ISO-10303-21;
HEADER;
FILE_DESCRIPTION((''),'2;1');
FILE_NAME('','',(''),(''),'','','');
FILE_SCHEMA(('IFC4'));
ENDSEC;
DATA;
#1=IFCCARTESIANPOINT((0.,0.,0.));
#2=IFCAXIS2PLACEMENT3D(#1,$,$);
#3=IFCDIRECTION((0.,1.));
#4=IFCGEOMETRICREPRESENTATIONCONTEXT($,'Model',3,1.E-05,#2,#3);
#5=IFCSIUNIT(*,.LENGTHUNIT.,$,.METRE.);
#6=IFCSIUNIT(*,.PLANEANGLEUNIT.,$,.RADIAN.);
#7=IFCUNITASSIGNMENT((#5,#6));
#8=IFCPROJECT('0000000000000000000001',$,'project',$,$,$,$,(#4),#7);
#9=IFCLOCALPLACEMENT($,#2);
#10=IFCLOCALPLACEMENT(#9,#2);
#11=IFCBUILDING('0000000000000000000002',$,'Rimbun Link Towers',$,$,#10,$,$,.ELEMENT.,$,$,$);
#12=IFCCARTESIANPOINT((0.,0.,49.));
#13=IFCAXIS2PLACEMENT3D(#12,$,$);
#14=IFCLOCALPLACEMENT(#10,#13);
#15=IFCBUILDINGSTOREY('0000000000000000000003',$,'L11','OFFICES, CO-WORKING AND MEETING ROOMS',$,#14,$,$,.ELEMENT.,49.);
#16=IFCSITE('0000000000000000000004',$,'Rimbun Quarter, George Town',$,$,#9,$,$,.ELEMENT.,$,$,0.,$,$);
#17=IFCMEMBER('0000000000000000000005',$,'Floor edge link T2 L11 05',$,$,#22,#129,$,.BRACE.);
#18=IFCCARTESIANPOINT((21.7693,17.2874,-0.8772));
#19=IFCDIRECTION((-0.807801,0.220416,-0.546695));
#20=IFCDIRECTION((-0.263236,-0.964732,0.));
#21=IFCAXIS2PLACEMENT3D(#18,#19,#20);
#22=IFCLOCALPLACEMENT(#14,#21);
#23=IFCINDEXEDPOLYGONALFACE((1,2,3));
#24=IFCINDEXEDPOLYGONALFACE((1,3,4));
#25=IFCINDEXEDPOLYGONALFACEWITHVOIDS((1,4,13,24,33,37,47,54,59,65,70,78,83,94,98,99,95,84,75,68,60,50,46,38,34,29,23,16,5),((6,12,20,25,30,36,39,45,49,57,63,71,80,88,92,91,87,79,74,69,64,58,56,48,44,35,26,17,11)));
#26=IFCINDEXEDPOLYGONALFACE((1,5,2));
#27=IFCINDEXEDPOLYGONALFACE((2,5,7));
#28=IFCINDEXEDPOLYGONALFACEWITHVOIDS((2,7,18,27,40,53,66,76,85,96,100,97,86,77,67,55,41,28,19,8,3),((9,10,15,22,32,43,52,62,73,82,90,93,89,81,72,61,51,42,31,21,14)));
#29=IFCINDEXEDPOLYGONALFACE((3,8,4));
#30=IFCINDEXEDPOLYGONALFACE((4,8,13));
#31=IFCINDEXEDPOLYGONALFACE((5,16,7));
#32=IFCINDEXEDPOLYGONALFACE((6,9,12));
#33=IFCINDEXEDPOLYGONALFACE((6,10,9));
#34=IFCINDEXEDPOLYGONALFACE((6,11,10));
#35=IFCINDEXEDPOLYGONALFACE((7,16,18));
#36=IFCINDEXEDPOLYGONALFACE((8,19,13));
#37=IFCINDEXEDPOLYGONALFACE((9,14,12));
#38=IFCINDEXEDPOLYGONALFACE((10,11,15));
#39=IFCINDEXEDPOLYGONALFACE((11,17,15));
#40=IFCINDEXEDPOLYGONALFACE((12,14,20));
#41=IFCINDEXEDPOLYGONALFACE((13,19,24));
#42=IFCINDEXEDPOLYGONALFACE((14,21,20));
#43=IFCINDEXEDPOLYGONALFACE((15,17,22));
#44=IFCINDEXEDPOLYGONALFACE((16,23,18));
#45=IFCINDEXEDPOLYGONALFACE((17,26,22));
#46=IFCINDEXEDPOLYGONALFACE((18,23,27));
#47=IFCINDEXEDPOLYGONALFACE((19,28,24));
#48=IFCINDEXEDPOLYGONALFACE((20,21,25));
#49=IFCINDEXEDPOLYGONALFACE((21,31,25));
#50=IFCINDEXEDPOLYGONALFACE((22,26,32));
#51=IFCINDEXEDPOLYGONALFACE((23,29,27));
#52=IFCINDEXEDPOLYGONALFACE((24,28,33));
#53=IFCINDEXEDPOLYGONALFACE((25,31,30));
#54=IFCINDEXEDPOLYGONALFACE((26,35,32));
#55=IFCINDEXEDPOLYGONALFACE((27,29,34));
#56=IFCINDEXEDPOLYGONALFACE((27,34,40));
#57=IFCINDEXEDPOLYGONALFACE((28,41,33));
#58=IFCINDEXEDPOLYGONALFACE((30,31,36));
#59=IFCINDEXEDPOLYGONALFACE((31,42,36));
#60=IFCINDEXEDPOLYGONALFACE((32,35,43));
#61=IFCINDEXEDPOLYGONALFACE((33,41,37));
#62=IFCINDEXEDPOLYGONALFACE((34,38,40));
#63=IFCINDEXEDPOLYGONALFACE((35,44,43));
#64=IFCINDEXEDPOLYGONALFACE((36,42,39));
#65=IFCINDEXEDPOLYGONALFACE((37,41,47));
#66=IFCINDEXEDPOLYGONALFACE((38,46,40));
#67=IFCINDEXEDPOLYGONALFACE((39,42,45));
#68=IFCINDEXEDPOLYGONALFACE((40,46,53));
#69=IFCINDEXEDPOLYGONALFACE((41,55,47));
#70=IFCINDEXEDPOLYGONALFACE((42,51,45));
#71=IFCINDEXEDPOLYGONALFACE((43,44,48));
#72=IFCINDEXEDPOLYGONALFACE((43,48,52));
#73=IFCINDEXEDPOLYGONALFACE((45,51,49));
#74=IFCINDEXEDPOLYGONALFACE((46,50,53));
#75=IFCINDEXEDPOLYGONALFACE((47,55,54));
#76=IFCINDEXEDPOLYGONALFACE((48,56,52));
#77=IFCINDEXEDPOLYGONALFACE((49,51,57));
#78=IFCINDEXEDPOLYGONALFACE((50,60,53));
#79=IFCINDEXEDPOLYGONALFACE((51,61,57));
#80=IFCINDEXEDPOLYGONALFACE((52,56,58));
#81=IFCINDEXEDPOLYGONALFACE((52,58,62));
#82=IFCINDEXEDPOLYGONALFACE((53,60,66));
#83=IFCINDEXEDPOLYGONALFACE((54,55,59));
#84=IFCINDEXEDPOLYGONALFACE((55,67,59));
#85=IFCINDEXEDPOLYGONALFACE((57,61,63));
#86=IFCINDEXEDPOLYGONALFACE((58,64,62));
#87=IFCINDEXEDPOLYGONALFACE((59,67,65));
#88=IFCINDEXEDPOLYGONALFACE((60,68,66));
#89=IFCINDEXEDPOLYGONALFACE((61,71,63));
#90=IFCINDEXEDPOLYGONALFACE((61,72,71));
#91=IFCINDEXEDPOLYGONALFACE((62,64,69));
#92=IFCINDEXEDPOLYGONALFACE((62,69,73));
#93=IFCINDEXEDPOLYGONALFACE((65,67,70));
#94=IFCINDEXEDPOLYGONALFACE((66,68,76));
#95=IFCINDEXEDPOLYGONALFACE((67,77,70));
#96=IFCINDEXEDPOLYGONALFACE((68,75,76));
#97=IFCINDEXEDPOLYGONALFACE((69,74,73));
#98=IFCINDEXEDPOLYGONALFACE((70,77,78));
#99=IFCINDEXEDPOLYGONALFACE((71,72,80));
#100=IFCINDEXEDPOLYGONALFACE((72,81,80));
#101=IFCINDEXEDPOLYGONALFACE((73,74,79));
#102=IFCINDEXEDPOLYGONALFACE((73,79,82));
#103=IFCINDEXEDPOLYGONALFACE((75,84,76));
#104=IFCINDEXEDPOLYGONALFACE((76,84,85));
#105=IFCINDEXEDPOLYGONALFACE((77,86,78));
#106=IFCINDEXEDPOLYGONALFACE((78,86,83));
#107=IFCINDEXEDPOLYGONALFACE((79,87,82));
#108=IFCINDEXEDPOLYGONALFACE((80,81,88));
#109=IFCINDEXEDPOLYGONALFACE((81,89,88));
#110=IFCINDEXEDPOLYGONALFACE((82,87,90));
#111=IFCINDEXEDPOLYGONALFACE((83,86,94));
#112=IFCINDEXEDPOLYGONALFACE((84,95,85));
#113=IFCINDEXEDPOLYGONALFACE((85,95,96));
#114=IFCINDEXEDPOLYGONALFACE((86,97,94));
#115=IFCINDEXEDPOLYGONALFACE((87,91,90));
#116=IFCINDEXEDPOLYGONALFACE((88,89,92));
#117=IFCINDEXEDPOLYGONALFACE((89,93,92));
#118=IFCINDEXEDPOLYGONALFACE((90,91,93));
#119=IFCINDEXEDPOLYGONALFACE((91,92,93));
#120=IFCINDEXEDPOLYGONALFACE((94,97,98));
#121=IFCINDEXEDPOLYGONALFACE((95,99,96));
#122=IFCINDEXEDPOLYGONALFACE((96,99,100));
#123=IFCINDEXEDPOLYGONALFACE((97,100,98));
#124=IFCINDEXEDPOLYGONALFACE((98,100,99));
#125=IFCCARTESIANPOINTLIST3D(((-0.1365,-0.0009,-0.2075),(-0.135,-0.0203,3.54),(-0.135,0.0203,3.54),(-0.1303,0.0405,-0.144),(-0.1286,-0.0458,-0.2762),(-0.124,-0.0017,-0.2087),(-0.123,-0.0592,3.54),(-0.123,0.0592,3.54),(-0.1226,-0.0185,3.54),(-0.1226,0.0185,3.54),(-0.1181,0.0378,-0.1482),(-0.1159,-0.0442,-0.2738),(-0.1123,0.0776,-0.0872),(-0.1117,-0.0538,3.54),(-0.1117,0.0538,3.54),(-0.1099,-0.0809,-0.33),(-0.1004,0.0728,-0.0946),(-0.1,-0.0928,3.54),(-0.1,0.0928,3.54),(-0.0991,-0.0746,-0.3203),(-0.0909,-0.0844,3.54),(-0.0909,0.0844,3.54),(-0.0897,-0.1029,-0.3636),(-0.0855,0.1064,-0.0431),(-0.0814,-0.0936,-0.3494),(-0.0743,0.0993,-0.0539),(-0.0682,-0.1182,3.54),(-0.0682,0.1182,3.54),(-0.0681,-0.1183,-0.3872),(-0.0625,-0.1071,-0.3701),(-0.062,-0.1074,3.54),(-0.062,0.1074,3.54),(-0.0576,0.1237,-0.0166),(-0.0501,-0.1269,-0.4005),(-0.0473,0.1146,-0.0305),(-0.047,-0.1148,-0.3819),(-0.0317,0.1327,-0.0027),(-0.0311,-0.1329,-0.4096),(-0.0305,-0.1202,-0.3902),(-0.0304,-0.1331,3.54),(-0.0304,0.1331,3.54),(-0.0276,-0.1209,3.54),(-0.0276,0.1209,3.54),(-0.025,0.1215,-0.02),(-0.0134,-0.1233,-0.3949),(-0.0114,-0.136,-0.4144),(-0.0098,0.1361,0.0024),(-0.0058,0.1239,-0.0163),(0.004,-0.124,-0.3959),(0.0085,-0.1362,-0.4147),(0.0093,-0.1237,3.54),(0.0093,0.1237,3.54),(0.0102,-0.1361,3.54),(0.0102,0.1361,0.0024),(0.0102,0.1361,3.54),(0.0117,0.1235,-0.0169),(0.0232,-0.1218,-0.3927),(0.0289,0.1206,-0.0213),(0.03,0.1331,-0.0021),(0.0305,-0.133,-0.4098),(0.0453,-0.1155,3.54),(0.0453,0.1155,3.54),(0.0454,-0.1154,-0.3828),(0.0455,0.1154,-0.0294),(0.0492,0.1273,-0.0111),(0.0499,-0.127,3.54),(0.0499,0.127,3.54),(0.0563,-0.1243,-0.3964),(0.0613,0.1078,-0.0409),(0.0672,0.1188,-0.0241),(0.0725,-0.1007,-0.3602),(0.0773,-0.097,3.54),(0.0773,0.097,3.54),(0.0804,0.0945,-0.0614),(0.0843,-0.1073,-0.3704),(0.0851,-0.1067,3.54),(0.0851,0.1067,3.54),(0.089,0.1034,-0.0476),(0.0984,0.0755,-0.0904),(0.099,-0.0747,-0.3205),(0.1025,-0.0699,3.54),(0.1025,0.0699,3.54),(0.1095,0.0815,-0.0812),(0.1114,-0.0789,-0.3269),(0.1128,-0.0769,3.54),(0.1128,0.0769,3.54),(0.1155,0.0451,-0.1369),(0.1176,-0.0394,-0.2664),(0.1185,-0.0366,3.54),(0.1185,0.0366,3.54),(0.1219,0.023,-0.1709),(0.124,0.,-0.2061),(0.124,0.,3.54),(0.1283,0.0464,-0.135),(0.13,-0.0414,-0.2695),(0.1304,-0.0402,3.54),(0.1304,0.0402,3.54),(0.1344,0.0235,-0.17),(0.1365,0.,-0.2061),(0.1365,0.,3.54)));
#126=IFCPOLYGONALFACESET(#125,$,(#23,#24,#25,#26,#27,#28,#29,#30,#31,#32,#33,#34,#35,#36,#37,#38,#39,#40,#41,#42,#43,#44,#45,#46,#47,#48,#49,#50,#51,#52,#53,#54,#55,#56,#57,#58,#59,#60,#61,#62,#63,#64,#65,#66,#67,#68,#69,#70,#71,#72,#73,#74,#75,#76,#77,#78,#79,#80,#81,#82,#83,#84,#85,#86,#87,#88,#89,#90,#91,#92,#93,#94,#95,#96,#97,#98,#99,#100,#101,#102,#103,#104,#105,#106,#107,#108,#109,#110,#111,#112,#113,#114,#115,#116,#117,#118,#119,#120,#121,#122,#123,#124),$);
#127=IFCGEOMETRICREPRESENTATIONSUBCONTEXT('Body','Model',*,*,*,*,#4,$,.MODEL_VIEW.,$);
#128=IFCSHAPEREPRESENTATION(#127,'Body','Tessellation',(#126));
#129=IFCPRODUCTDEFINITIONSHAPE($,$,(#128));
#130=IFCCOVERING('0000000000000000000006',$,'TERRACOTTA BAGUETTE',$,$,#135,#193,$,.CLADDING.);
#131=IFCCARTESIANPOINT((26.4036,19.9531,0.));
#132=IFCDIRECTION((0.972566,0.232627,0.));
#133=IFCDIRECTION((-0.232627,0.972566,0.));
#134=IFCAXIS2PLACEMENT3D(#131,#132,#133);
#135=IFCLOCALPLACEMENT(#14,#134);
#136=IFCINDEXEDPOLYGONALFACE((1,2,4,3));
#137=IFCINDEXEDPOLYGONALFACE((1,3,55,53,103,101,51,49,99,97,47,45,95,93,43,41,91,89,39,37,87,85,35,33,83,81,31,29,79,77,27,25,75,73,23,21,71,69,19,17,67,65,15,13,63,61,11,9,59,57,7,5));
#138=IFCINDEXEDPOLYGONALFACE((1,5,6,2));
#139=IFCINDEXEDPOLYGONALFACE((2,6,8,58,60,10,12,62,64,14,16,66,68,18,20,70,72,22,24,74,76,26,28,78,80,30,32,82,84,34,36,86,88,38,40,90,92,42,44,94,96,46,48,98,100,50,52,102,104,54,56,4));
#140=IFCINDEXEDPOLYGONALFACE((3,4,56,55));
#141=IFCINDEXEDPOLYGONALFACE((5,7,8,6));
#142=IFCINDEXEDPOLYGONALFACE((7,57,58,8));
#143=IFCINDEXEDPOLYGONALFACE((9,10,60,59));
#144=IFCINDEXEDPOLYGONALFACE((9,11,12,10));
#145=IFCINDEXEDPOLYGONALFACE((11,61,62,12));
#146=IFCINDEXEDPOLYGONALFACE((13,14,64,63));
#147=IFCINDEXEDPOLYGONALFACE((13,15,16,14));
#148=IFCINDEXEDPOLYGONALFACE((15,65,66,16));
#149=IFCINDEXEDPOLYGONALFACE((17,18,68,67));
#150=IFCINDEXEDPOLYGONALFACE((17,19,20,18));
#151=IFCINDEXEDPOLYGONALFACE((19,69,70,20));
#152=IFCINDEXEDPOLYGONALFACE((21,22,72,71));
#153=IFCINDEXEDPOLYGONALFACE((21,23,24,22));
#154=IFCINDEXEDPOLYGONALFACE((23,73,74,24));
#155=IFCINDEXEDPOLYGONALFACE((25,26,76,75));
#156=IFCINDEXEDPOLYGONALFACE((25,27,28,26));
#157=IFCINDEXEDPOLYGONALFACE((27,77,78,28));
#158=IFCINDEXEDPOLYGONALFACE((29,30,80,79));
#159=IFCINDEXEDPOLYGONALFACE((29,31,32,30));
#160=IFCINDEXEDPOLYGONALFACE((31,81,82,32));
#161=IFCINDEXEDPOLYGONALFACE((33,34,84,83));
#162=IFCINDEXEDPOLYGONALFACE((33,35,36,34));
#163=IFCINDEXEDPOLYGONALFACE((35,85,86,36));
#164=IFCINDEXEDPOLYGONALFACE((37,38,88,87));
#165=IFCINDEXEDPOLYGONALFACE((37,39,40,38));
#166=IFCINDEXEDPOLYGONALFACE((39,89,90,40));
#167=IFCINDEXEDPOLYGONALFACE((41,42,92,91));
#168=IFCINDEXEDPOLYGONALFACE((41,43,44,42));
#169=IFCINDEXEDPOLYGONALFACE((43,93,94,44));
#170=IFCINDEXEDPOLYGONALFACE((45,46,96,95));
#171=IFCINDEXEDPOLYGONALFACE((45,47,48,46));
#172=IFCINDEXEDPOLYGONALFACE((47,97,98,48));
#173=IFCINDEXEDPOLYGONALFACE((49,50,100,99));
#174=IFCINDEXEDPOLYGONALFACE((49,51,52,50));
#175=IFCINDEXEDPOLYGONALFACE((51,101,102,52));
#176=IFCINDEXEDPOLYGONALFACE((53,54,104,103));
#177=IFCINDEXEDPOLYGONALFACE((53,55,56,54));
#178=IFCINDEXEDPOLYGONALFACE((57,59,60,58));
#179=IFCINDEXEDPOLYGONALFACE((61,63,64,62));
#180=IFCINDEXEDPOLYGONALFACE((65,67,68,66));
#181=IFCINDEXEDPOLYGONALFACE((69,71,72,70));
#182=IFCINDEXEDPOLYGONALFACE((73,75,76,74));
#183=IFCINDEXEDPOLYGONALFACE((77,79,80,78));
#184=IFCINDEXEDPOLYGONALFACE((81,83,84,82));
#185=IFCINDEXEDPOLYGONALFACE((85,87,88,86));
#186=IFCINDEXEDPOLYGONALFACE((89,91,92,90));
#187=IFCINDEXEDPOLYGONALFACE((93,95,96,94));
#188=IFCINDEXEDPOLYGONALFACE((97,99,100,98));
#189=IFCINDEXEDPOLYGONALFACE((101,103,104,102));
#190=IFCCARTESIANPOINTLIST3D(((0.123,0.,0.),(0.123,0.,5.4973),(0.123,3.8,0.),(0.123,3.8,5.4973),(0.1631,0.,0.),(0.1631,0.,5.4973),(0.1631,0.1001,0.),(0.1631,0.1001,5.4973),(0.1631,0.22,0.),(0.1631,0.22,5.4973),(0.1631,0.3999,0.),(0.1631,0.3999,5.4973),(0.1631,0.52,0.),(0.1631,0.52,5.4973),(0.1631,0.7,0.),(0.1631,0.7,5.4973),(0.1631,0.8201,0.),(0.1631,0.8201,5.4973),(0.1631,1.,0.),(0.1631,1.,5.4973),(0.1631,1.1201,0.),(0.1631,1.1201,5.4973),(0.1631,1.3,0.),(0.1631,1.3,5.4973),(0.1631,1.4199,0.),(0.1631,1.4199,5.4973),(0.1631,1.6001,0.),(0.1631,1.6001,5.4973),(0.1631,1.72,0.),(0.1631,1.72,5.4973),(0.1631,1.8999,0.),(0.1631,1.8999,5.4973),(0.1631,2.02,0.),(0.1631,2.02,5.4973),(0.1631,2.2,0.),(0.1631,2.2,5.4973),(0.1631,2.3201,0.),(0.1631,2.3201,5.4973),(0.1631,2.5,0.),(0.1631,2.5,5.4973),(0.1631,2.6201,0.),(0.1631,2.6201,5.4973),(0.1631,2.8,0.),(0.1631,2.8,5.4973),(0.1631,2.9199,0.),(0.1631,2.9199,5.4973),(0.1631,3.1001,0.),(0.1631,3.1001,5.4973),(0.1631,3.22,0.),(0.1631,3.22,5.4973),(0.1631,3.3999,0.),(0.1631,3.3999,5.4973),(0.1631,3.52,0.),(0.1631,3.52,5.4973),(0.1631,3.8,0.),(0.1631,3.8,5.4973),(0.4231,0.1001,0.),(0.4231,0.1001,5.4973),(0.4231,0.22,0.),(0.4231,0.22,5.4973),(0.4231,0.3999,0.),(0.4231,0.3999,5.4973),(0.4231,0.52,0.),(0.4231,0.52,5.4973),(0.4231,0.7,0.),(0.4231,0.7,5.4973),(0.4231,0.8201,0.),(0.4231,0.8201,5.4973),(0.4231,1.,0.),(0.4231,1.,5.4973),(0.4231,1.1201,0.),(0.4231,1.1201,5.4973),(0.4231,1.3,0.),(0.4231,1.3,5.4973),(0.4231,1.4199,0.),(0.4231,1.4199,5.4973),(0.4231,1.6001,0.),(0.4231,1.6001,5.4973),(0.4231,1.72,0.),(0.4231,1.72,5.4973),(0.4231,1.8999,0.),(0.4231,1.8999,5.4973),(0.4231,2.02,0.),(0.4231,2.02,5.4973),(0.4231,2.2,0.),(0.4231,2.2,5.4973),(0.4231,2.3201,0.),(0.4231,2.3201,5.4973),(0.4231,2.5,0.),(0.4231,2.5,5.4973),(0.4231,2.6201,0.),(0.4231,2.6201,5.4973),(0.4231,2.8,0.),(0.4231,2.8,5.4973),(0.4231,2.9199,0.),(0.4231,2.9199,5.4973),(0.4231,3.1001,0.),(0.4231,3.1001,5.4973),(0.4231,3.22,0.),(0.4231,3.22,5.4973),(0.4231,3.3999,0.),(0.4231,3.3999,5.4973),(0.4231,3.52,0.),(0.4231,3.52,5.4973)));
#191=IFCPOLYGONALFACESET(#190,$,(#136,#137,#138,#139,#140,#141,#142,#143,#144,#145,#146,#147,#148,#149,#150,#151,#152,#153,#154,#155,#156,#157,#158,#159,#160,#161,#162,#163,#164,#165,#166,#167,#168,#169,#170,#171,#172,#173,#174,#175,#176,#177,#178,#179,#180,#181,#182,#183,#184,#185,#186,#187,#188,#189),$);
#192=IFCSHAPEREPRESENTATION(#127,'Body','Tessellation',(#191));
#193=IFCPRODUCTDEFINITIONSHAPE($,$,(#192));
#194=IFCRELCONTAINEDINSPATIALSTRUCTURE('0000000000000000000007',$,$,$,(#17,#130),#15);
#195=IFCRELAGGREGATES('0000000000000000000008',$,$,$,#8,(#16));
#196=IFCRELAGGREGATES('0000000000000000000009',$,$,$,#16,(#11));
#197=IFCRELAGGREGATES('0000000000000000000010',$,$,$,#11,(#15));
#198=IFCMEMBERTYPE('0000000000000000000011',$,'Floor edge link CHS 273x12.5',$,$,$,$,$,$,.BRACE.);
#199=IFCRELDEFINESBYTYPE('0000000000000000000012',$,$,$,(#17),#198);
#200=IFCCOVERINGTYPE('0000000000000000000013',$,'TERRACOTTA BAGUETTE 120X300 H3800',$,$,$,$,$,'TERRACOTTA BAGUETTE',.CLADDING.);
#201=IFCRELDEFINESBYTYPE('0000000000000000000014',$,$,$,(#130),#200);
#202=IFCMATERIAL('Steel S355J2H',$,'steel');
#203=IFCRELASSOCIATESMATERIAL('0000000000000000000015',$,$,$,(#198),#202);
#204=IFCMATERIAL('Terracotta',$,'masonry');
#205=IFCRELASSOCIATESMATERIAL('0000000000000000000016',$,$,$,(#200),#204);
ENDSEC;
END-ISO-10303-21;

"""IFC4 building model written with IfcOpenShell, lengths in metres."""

from ifc_helpers import new_model, si_unit, direction, frame, origin, origin_2d, place, context, subcontext, project, spatial, polyline, hollow_circle, outline, extrude, clip, halfspace, material, material_profile, profile_set, type_object, element, save


model = new_model("IFC4")

# Units and contexts
model_context = context("Model", 3, precision=1e-05, world=origin(), true_north=direction((0.0, 1.0)))
body_context = subcontext(model_context, "Body", "Model", "MODEL_VIEW")
ifc_project = project(units=[si_unit("LENGTHUNIT", "METRE"), si_unit("PLANEANGLEUNIT", "RADIAN")], contexts=[model_context])

# Site, building, storey
site_placement = place(None, origin())
site = spatial("IfcSite", under=ifc_project, at=site_placement, Name="Rimbun Quarter, George Town", CompositionType="ELEMENT", RefElevation=0.0)
building_placement = place(site_placement, origin())
building = spatial("IfcBuilding", under=site, at=building_placement, Name="Rimbun Link Towers", CompositionType="ELEMENT")
storey_placement = place(building_placement, frame((0.0, 0.0, 49.0)))
storey = spatial("IfcBuildingStorey", under=building, at=storey_placement, Name="L11", Description="OFFICES, CO-WORKING AND MEETING ROOMS", CompositionType="ELEMENT", Elevation=49.0)

# Member
ifc_material_1 = material(Name="Steel S355J2H", Category="steel")
ifc_material_profile_1 = material_profile(ifc_material_1, hollow_circle(Radius=0.1365, WallThickness=0.0125, at=origin_2d()), Name="CHS 273x12.5")
ifc_profile_set_1 = profile_set([ifc_material_profile_1], Name="Steel S355J2H")
member_type_1 = type_object("IfcMemberType", Name="Floor edge link CHS 273x12.5", PredefinedType="BRACE", material=ifc_profile_set_1)
member_1_placement = place(storey_placement, frame((21.7693, 17.2874, -0.8772), z_axis=(-0.807801, 0.220416, -0.546695), x_axis=(-0.263236, -0.964732, 0.0)))
element("IfcMember", 1, at=member_1_placement, inside=storey, type_object=member_type_1, Name="Floor edge link T2 L11 05", PredefinedType="BRACE", context=body_context, shape_type="Clipping", body=[
    clip(extrude(hollow_circle(Radius=0.1365, WallThickness=0.0125, at=origin_2d()), frame((0.0, 0.0, -0.4363)), (0.0, 0.0, 1.0), 3.9763), halfspace(frame((0.0, 0.0, -0.2061), z_axis=(0.0, 0.837332, -0.546695)), False)),
])

# Covering
ifc_material_2 = material(Name="Terracotta", Category="masonry")
ifc_material_profile_2 = material_profile(ifc_material_2, outline(polyline([(0.123, 0.0), (0.1631, 0.0), (0.1631, 0.1001), (0.4231, 0.1001), (0.4231, 0.22), (0.1631, 0.22), (0.1631, 0.3999), (0.4231, 0.3999), (0.4231, 0.52), (0.1631, 0.52), (0.1631, 0.7), (0.4231, 0.7), (0.4231, 0.8201), (0.1631, 0.8201), (0.1631, 1.0), (0.4231, 1.0), (0.4231, 1.1201), (0.1631, 1.1201), (0.1631, 1.3), (0.4231, 1.3), (0.4231, 1.4199), (0.1631, 1.4199), (0.1631, 1.6001), (0.4231, 1.6001), (0.4231, 1.72), (0.1631, 1.72), (0.1631, 1.8999), (0.4231, 1.8999), (0.4231, 2.02), (0.1631, 2.02), (0.1631, 2.2), (0.4231, 2.2), (0.4231, 2.3201), (0.1631, 2.3201), (0.1631, 2.5), (0.4231, 2.5), (0.4231, 2.6201), (0.1631, 2.6201), (0.1631, 2.8), (0.4231, 2.8), (0.4231, 2.9199), (0.1631, 2.9199), (0.1631, 3.1001), (0.4231, 3.1001), (0.4231, 3.22), (0.1631, 3.22), (0.1631, 3.3999), (0.4231, 3.3999), (0.4231, 3.52), (0.1631, 3.52), (0.1631, 3.8), (0.123, 3.8), (0.123, 0.0)])), Name="BAGUETTE 120X300")
ifc_profile_set_2 = profile_set([ifc_material_profile_2], Name="Terracotta")
covering_type = type_object("IfcCoveringType", Name="TERRACOTTA BAGUETTE 120X300 H3800", ElementType="TERRACOTTA BAGUETTE", PredefinedType="CLADDING", material=ifc_profile_set_2)
covering_1_placement = place(storey_placement, frame((26.4036, 19.9531, 0.0), z_axis=(0.972566, 0.232627, 0.0), x_axis=(-0.232627, 0.972566, 0.0)))
element("IfcCovering", 2, at=covering_1_placement, inside=storey, type_object=covering_type, Name="TERRACOTTA BAGUETTE", PredefinedType="CLADDING", context=body_context, shape_type="SweptSolid", body=[
    extrude(outline(polyline([(0.123, 0.0), (0.1631, 0.0), (0.1631, 0.1001), (0.4231, 0.1001), (0.4231, 0.22), (0.1631, 0.22), (0.1631, 0.3999), (0.4231, 0.3999), (0.4231, 0.52), (0.1631, 0.52), (0.1631, 0.7), (0.4231, 0.7), (0.4231, 0.8201), (0.1631, 0.8201), (0.1631, 1.0), (0.4231, 1.0), (0.4231, 1.1201), (0.1631, 1.1201), (0.1631, 1.3), (0.4231, 1.3), (0.4231, 1.4199), (0.1631, 1.4199), (0.1631, 1.6001), (0.4231, 1.6001), (0.4231, 1.72), (0.1631, 1.72), (0.1631, 1.8999), (0.4231, 1.8999), (0.4231, 2.02), (0.1631, 2.02), (0.1631, 2.2), (0.4231, 2.2), (0.4231, 2.3201), (0.1631, 2.3201), (0.1631, 2.5), (0.4231, 2.5), (0.4231, 2.6201), (0.1631, 2.6201), (0.1631, 2.8), (0.4231, 2.8), (0.4231, 2.9199), (0.1631, 2.9199), (0.1631, 3.1001), (0.4231, 3.1001), (0.4231, 3.22), (0.1631, 3.22), (0.1631, 3.3999), (0.4231, 3.3999), (0.4231, 3.52), (0.1631, 3.52), (0.1631, 3.8), (0.123, 3.8), (0.123, 0.0)])), origin(), (0.0, 0.0, 1.0), 5.4973),
])

save(model, "model.ifc")
